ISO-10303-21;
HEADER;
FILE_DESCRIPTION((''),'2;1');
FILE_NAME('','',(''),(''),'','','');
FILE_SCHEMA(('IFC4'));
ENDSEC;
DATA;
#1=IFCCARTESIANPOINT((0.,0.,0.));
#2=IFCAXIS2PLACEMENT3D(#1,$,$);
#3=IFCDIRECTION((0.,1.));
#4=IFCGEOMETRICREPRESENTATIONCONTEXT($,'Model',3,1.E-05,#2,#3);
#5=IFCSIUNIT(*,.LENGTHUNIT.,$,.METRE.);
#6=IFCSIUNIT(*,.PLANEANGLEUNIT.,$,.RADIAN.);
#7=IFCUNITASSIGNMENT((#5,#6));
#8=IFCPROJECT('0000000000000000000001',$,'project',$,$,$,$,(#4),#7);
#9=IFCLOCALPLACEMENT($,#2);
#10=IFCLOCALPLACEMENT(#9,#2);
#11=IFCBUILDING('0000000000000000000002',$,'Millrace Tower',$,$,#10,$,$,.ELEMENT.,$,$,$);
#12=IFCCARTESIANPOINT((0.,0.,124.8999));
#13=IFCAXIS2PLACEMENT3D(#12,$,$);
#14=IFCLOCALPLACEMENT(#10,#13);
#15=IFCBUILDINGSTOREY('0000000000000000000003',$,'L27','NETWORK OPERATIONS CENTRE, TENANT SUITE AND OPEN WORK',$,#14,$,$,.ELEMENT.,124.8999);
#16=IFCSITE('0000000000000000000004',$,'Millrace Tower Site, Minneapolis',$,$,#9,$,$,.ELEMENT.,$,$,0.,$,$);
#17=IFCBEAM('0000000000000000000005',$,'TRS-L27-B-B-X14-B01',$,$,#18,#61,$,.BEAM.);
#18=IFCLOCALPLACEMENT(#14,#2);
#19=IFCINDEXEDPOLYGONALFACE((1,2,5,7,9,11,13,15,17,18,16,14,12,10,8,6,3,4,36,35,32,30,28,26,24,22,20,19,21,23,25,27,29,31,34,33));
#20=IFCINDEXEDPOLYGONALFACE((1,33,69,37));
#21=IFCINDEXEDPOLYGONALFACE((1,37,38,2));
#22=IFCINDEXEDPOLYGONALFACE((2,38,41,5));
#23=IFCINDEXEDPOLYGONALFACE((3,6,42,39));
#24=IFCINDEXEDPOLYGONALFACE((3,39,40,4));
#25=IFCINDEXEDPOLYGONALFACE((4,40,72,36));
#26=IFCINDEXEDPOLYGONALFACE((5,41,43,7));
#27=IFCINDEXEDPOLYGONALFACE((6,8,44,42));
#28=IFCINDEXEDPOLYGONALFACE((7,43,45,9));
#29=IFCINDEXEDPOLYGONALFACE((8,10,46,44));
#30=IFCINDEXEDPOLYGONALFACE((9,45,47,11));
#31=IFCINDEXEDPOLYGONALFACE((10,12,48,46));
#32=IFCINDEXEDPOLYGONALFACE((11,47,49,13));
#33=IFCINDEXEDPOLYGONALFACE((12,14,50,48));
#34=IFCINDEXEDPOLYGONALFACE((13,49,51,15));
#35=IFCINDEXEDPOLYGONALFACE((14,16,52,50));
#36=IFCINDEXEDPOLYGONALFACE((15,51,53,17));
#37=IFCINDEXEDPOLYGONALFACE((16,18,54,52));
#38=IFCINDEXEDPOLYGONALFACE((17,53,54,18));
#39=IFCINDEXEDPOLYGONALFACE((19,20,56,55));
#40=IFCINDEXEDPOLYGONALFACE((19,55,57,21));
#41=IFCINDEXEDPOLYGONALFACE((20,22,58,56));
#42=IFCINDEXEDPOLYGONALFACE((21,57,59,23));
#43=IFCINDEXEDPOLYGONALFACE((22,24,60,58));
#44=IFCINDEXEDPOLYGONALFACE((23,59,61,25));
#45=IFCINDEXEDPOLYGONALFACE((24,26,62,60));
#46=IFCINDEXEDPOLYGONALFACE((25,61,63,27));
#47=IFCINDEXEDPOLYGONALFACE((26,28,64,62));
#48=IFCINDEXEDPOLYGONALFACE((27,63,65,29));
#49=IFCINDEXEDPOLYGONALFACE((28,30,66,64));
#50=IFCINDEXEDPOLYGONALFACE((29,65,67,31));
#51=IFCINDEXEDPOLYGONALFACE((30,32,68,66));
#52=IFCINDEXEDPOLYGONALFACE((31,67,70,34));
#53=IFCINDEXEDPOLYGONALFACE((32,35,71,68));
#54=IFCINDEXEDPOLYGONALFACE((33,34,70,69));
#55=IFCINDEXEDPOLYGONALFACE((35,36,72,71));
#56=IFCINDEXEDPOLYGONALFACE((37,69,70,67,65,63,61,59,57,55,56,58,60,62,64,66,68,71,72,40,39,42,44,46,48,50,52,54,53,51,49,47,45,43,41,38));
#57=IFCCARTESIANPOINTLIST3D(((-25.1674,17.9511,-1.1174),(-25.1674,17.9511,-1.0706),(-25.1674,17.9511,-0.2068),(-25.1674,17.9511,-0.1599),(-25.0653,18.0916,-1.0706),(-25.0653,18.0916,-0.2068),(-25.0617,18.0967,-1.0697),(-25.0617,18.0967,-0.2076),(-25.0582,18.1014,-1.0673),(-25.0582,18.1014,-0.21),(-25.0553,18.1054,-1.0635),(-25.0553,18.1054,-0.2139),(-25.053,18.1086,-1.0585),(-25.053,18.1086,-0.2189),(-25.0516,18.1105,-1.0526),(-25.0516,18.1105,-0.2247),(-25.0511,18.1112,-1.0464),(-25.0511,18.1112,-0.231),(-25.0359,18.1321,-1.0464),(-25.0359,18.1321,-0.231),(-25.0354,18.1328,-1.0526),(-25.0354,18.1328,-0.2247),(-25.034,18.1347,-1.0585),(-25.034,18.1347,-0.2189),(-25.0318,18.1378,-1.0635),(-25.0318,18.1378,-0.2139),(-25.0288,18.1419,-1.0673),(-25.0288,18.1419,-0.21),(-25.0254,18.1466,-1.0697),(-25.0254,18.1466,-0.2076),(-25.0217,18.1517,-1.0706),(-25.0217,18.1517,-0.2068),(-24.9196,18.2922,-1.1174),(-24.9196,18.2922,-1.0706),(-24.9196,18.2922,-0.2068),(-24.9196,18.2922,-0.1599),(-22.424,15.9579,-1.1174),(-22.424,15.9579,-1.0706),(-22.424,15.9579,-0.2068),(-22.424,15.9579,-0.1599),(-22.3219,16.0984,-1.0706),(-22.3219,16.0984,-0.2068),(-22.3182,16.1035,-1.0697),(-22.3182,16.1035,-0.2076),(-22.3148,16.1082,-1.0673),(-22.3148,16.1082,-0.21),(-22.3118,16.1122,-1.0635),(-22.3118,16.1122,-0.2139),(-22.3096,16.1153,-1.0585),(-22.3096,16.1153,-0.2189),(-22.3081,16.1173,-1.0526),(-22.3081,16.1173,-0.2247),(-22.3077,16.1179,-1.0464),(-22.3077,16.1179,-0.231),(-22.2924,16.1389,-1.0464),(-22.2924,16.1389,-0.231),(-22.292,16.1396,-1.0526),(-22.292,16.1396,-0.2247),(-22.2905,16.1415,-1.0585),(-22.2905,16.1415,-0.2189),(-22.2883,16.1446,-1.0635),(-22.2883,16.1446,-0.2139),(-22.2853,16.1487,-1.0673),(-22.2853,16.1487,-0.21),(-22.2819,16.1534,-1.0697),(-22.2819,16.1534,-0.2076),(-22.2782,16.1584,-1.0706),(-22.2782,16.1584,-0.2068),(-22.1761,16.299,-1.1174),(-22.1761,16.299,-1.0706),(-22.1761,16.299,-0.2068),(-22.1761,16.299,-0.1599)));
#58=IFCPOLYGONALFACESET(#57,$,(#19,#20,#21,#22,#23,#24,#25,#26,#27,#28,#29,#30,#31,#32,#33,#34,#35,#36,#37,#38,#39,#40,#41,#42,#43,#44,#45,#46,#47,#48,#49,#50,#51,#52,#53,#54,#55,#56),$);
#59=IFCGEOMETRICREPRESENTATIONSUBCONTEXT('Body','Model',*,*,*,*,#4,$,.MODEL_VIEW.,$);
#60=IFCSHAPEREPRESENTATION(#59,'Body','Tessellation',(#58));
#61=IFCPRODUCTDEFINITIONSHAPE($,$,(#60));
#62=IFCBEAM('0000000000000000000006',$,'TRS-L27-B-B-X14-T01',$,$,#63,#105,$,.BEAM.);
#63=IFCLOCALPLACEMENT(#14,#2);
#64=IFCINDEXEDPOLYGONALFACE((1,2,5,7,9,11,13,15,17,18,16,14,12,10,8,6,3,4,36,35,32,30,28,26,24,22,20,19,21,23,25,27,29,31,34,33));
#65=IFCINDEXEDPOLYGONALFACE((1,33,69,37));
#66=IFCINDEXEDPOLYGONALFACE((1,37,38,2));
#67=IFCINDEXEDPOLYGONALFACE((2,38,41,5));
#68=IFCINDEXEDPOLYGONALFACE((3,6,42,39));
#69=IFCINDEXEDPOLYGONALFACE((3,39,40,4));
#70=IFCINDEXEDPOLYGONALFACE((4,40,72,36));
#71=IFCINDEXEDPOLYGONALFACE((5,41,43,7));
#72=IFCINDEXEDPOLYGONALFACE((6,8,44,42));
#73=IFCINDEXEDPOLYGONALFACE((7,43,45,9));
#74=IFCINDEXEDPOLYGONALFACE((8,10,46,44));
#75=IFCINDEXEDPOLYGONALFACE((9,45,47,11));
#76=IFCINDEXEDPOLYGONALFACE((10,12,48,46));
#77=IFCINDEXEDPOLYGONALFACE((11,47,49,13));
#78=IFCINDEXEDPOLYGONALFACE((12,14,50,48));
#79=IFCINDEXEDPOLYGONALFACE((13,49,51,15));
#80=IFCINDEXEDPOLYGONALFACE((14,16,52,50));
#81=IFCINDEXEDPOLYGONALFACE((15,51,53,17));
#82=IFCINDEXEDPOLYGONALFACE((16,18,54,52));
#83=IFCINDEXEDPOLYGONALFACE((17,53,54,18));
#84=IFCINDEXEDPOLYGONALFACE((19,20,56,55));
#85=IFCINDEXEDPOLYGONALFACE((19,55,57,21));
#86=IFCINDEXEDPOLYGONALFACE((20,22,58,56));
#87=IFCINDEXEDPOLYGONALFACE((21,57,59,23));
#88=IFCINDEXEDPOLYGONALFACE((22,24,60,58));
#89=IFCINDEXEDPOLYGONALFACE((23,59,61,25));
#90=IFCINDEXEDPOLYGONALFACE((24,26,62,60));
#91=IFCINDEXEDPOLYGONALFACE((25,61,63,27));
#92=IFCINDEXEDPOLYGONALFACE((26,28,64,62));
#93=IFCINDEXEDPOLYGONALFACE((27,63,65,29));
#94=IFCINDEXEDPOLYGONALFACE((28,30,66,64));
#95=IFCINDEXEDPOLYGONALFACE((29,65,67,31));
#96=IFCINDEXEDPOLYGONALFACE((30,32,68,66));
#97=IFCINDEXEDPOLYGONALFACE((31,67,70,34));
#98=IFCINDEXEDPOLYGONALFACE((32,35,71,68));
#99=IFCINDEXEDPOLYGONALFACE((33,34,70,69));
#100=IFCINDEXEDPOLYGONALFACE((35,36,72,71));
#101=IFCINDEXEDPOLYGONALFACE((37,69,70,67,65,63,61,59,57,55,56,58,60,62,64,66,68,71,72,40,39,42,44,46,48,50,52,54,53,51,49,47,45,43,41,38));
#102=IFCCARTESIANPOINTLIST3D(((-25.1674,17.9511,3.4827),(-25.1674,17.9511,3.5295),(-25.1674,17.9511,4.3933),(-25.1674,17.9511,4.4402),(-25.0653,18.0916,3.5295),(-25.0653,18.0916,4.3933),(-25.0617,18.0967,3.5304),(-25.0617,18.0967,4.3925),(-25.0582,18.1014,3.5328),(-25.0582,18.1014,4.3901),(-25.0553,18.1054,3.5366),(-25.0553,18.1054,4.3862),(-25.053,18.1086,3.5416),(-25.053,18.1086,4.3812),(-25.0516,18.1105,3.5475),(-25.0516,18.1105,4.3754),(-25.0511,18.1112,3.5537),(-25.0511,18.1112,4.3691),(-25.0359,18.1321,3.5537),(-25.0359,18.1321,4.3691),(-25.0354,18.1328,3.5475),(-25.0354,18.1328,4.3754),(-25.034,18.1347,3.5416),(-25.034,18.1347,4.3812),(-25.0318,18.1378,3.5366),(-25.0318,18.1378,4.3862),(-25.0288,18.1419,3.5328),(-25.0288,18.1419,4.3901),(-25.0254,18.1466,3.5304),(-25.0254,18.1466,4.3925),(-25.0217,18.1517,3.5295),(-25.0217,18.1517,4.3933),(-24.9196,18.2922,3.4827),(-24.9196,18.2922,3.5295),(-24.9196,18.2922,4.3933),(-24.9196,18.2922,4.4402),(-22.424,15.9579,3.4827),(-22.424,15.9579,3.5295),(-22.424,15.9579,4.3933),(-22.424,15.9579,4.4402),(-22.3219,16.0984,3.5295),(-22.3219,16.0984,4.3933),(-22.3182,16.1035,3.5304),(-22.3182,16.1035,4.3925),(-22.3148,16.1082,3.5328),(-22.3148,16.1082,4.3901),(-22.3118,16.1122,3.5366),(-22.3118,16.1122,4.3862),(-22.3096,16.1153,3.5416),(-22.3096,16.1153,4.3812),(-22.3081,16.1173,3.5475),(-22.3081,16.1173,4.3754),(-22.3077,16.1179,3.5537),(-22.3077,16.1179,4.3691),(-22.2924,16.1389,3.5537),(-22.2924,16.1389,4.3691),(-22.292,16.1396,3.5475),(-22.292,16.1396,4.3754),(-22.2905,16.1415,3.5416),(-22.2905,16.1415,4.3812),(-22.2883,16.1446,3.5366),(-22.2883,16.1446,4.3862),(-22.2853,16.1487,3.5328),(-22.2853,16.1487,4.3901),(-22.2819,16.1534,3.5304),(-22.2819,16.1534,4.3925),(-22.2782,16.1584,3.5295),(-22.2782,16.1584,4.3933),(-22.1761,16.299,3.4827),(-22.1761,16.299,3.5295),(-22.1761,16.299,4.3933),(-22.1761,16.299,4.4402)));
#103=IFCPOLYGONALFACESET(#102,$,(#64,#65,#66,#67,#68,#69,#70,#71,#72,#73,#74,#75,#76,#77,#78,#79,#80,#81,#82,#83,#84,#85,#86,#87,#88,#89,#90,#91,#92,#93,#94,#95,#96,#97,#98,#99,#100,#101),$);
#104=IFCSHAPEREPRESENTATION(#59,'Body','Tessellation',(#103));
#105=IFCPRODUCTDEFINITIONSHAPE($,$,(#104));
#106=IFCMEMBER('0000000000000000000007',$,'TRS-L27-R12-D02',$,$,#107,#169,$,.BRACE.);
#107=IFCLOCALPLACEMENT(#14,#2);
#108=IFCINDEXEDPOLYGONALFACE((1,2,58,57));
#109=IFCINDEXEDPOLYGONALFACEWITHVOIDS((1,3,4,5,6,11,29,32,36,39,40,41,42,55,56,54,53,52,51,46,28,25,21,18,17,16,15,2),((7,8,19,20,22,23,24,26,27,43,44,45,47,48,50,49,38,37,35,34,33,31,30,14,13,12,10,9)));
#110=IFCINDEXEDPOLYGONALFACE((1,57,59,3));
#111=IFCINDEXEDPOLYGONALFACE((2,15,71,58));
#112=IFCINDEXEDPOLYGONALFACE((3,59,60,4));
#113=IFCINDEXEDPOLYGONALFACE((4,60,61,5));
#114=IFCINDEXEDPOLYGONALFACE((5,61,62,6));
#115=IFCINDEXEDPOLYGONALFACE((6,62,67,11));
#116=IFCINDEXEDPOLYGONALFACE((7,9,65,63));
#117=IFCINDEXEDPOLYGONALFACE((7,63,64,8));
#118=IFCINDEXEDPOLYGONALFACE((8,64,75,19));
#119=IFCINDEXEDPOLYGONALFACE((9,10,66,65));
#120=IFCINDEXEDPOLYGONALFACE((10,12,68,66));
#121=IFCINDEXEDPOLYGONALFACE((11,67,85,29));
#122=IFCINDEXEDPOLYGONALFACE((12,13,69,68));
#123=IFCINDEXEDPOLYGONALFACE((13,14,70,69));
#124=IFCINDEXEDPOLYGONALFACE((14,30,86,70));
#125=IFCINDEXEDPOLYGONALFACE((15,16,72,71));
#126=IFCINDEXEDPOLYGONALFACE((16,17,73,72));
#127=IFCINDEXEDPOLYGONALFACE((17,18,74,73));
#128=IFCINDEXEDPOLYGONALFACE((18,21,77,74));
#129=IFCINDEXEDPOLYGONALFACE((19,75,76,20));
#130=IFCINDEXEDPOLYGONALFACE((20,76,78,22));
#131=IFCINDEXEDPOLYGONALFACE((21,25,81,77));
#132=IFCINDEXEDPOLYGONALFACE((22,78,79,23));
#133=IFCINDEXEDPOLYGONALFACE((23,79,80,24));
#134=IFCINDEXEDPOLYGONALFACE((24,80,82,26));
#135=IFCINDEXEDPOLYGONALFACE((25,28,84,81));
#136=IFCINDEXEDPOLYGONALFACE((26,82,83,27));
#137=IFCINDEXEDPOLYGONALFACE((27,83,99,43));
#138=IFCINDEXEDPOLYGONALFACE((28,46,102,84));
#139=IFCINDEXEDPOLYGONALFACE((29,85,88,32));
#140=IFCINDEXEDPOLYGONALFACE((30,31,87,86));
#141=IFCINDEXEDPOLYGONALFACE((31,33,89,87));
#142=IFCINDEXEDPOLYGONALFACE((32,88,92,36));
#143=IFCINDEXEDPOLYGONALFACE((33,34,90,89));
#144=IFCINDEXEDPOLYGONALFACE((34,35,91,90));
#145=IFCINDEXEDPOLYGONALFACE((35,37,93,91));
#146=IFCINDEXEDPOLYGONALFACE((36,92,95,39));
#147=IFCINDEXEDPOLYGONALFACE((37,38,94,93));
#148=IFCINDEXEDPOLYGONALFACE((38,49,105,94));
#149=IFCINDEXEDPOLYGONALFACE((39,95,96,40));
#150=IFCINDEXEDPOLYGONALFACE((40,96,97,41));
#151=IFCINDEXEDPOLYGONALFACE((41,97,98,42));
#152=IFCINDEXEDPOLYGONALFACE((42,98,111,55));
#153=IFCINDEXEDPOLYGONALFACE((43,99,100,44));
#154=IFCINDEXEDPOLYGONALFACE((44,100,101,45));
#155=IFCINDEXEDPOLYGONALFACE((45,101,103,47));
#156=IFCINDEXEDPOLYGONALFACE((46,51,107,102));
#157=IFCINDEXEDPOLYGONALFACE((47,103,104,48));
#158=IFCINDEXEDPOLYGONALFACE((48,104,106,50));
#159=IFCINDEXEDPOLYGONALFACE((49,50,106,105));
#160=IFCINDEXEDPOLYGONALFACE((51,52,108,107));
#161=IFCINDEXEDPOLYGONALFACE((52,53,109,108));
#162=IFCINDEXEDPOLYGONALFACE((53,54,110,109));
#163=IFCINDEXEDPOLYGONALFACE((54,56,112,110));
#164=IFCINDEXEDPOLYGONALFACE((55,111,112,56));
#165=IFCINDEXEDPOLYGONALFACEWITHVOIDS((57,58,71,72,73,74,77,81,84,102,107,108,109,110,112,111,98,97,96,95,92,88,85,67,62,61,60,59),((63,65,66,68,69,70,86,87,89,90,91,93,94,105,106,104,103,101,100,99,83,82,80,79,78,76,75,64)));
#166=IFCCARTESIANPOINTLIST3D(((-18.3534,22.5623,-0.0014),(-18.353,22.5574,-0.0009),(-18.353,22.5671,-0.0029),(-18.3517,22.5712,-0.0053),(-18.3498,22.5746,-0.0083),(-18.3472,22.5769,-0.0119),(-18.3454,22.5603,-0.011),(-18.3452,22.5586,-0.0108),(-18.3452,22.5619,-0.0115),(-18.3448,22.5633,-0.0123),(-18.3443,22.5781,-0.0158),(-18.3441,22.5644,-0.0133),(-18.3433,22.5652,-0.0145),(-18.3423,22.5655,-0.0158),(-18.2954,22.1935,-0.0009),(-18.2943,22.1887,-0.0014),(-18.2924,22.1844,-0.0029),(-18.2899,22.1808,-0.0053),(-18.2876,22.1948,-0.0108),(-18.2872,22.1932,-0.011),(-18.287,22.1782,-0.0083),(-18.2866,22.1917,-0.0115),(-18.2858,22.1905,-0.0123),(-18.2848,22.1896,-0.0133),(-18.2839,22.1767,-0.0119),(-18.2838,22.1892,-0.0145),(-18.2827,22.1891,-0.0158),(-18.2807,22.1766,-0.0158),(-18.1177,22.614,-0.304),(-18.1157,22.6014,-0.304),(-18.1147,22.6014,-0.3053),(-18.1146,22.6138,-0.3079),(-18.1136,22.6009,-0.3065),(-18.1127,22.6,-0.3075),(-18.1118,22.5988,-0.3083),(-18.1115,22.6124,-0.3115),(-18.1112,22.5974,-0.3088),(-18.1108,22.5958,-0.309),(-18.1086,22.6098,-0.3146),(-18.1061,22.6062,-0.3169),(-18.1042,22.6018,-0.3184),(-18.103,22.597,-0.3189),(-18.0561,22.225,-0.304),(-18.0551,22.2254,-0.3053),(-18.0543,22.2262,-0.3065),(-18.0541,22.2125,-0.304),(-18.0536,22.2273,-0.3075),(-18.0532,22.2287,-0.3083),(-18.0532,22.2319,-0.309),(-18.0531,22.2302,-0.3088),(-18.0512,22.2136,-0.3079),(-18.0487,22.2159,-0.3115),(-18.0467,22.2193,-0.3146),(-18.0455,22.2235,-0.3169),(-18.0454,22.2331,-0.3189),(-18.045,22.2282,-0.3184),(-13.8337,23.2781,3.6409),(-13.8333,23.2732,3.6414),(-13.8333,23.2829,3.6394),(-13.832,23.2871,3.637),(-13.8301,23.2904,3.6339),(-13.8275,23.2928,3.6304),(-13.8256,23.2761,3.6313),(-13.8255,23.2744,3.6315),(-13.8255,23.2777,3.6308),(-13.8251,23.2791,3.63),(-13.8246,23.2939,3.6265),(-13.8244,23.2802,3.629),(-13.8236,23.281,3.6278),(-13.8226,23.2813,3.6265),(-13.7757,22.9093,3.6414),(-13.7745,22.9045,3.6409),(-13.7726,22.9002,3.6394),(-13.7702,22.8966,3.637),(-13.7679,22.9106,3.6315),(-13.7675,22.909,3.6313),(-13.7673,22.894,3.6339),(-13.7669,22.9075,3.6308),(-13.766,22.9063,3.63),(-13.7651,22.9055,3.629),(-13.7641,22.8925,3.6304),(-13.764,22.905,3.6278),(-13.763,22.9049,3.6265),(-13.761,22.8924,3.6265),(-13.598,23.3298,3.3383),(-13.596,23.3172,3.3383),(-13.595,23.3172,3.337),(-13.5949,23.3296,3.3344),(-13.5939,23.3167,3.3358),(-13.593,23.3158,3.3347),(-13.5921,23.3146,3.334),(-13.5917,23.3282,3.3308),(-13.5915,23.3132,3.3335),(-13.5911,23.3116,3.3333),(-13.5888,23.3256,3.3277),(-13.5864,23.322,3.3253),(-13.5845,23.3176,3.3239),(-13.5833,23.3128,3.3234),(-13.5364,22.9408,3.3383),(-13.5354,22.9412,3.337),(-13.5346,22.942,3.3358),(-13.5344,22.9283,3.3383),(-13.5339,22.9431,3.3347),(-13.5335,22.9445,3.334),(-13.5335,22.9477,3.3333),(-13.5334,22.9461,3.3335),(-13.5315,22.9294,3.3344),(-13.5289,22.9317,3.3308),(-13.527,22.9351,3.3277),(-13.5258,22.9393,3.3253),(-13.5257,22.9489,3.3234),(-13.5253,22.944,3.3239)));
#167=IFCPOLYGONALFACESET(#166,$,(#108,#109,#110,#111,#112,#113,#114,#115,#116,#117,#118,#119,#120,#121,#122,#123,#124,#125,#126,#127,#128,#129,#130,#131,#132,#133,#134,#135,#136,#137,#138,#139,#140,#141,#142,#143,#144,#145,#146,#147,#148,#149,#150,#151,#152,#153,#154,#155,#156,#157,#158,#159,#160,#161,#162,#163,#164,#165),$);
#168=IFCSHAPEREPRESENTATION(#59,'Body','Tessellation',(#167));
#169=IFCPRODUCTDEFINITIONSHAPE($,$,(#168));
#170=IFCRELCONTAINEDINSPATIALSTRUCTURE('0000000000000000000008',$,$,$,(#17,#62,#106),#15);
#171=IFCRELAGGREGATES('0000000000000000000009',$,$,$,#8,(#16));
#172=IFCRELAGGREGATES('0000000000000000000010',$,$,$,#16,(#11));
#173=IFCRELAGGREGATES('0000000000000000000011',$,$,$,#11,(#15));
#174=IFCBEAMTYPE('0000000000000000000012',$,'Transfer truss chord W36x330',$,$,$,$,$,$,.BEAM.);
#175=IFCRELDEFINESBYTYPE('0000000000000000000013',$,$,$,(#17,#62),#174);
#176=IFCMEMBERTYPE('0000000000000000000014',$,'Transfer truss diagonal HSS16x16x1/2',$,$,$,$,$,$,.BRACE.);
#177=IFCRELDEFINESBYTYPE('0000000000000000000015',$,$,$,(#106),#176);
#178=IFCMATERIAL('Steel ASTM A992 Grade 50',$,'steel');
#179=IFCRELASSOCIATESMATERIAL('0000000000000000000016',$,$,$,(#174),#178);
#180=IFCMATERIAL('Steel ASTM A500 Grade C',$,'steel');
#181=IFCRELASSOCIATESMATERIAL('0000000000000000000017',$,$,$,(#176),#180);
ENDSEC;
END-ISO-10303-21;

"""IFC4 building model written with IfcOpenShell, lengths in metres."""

from ifc_helpers import new_model, si_unit, direction, frame, origin, origin_2d, place, context, subcontext, project, spatial, hollow_rectangle, i_section, extrude, material, material_profile, profile_set, type_object, element, save


model = new_model("IFC4")

# Units and contexts
model_context = context("Model", 3, precision=1e-05, world=origin(), true_north=direction((0.0, 1.0)))
body_context = subcontext(model_context, "Body", "Model", "MODEL_VIEW")
ifc_project = project(units=[si_unit("LENGTHUNIT", "METRE"), si_unit("PLANEANGLEUNIT", "RADIAN")], contexts=[model_context])

# Site, building, storey
site_placement = place(None, origin())
site = spatial("IfcSite", under=ifc_project, at=site_placement, Name="Millrace Tower Site, Minneapolis", CompositionType="ELEMENT", RefElevation=0.0)
building_placement = place(site_placement, origin())
building = spatial("IfcBuilding", under=site, at=building_placement, Name="Millrace Tower", CompositionType="ELEMENT")
storey_placement = place(building_placement, frame((0.0, 0.0, 124.8999)))
storey = spatial("IfcBuildingStorey", under=building, at=storey_placement, Name="L27", Description="NETWORK OPERATIONS CENTRE, TENANT SUITE AND OPEN WORK", CompositionType="ELEMENT", Elevation=124.8999)

# Beams
ifc_material_1 = material(Name="Steel ASTM A992 Grade 50", Category="steel")
ifc_material_profile_1 = material_profile(ifc_material_1, i_section(OverallWidth=0.4216, OverallDepth=0.9575, WebThickness=0.0259, FlangeThickness=0.0469, FilletRadius=0.0242, at=origin_2d()))
ifc_profile_set_1 = profile_set([ifc_material_profile_1], Name="Steel ASTM A992 Grade 50")
beam_type_1 = type_object("IfcBeamType", Name="Transfer truss chord W36x330", PredefinedType="BEAM", material=ifc_profile_set_1)
for number, where, z_axis, x_axis, name in (
    (1, (-22.3, 16.1284, -0.6387), (-0.809022, 0.587778, 0.0), (-0.587778, -0.809022, 0.0), "TRS-L27-B-B-X14-B01"),
    (2, (-22.3, 16.1284, 3.9614), (-0.809022, 0.587778, 0.0), (-0.587778, -0.809022, 0.0), "TRS-L27-B-B-X14-T01"),
):
    element("IfcBeam", number, at=place(storey_placement, frame(where, z_axis=z_axis, x_axis=x_axis)), inside=storey, type_object=beam_type_1, Name=name, PredefinedType="BEAM", context=body_context, shape_type="SweptSolid", body=[
        extrude(i_section(OverallWidth=0.4216, OverallDepth=0.9575, WebThickness=0.0259, FlangeThickness=0.0469, FilletRadius=0.0242, at=origin_2d()), origin(), (0.0, 0.0, 1.0), 3.3911),
    ])

# Member
ifc_material_2 = material(Name="Steel ASTM A500 Grade C", Category="steel")
ifc_material_profile_2 = material_profile(ifc_material_2, hollow_rectangle(XDim=0.4065, YDim=0.4065, WallThickness=0.0127, InnerFilletRadius=0.0063, OuterFilletRadius=0.019, at=origin_2d()))
ifc_profile_set_2 = profile_set([ifc_material_profile_2], Name="Steel ASTM A500 Grade C")
member_type_1 = type_object("IfcMemberType", Name="Transfer truss diagonal HSS16x16x1/2", PredefinedType="BRACE", material=ifc_profile_set_2)
member_1_placement = place(storey_placement, frame((-18.1992, 22.3953, -0.1599), z_axis=(0.772782, 0.12239, 0.622759), x_axis=(-0.156426, 0.98769, 0.0)))
element("IfcMember", 3, at=member_1_placement, inside=storey, type_object=member_type_1, Name="TRS-L27-R12-D02", PredefinedType="BRACE", context=body_context, shape_type="SweptSolid", body=[
    extrude(hollow_rectangle(XDim=0.4065, YDim=0.4065, WallThickness=0.0127, InnerFilletRadius=0.0063, OuterFilletRadius=0.019, at=origin_2d()), origin(), (0.0, 0.0, 1.0), 5.8486),
])

save(model, "model.ifc")
